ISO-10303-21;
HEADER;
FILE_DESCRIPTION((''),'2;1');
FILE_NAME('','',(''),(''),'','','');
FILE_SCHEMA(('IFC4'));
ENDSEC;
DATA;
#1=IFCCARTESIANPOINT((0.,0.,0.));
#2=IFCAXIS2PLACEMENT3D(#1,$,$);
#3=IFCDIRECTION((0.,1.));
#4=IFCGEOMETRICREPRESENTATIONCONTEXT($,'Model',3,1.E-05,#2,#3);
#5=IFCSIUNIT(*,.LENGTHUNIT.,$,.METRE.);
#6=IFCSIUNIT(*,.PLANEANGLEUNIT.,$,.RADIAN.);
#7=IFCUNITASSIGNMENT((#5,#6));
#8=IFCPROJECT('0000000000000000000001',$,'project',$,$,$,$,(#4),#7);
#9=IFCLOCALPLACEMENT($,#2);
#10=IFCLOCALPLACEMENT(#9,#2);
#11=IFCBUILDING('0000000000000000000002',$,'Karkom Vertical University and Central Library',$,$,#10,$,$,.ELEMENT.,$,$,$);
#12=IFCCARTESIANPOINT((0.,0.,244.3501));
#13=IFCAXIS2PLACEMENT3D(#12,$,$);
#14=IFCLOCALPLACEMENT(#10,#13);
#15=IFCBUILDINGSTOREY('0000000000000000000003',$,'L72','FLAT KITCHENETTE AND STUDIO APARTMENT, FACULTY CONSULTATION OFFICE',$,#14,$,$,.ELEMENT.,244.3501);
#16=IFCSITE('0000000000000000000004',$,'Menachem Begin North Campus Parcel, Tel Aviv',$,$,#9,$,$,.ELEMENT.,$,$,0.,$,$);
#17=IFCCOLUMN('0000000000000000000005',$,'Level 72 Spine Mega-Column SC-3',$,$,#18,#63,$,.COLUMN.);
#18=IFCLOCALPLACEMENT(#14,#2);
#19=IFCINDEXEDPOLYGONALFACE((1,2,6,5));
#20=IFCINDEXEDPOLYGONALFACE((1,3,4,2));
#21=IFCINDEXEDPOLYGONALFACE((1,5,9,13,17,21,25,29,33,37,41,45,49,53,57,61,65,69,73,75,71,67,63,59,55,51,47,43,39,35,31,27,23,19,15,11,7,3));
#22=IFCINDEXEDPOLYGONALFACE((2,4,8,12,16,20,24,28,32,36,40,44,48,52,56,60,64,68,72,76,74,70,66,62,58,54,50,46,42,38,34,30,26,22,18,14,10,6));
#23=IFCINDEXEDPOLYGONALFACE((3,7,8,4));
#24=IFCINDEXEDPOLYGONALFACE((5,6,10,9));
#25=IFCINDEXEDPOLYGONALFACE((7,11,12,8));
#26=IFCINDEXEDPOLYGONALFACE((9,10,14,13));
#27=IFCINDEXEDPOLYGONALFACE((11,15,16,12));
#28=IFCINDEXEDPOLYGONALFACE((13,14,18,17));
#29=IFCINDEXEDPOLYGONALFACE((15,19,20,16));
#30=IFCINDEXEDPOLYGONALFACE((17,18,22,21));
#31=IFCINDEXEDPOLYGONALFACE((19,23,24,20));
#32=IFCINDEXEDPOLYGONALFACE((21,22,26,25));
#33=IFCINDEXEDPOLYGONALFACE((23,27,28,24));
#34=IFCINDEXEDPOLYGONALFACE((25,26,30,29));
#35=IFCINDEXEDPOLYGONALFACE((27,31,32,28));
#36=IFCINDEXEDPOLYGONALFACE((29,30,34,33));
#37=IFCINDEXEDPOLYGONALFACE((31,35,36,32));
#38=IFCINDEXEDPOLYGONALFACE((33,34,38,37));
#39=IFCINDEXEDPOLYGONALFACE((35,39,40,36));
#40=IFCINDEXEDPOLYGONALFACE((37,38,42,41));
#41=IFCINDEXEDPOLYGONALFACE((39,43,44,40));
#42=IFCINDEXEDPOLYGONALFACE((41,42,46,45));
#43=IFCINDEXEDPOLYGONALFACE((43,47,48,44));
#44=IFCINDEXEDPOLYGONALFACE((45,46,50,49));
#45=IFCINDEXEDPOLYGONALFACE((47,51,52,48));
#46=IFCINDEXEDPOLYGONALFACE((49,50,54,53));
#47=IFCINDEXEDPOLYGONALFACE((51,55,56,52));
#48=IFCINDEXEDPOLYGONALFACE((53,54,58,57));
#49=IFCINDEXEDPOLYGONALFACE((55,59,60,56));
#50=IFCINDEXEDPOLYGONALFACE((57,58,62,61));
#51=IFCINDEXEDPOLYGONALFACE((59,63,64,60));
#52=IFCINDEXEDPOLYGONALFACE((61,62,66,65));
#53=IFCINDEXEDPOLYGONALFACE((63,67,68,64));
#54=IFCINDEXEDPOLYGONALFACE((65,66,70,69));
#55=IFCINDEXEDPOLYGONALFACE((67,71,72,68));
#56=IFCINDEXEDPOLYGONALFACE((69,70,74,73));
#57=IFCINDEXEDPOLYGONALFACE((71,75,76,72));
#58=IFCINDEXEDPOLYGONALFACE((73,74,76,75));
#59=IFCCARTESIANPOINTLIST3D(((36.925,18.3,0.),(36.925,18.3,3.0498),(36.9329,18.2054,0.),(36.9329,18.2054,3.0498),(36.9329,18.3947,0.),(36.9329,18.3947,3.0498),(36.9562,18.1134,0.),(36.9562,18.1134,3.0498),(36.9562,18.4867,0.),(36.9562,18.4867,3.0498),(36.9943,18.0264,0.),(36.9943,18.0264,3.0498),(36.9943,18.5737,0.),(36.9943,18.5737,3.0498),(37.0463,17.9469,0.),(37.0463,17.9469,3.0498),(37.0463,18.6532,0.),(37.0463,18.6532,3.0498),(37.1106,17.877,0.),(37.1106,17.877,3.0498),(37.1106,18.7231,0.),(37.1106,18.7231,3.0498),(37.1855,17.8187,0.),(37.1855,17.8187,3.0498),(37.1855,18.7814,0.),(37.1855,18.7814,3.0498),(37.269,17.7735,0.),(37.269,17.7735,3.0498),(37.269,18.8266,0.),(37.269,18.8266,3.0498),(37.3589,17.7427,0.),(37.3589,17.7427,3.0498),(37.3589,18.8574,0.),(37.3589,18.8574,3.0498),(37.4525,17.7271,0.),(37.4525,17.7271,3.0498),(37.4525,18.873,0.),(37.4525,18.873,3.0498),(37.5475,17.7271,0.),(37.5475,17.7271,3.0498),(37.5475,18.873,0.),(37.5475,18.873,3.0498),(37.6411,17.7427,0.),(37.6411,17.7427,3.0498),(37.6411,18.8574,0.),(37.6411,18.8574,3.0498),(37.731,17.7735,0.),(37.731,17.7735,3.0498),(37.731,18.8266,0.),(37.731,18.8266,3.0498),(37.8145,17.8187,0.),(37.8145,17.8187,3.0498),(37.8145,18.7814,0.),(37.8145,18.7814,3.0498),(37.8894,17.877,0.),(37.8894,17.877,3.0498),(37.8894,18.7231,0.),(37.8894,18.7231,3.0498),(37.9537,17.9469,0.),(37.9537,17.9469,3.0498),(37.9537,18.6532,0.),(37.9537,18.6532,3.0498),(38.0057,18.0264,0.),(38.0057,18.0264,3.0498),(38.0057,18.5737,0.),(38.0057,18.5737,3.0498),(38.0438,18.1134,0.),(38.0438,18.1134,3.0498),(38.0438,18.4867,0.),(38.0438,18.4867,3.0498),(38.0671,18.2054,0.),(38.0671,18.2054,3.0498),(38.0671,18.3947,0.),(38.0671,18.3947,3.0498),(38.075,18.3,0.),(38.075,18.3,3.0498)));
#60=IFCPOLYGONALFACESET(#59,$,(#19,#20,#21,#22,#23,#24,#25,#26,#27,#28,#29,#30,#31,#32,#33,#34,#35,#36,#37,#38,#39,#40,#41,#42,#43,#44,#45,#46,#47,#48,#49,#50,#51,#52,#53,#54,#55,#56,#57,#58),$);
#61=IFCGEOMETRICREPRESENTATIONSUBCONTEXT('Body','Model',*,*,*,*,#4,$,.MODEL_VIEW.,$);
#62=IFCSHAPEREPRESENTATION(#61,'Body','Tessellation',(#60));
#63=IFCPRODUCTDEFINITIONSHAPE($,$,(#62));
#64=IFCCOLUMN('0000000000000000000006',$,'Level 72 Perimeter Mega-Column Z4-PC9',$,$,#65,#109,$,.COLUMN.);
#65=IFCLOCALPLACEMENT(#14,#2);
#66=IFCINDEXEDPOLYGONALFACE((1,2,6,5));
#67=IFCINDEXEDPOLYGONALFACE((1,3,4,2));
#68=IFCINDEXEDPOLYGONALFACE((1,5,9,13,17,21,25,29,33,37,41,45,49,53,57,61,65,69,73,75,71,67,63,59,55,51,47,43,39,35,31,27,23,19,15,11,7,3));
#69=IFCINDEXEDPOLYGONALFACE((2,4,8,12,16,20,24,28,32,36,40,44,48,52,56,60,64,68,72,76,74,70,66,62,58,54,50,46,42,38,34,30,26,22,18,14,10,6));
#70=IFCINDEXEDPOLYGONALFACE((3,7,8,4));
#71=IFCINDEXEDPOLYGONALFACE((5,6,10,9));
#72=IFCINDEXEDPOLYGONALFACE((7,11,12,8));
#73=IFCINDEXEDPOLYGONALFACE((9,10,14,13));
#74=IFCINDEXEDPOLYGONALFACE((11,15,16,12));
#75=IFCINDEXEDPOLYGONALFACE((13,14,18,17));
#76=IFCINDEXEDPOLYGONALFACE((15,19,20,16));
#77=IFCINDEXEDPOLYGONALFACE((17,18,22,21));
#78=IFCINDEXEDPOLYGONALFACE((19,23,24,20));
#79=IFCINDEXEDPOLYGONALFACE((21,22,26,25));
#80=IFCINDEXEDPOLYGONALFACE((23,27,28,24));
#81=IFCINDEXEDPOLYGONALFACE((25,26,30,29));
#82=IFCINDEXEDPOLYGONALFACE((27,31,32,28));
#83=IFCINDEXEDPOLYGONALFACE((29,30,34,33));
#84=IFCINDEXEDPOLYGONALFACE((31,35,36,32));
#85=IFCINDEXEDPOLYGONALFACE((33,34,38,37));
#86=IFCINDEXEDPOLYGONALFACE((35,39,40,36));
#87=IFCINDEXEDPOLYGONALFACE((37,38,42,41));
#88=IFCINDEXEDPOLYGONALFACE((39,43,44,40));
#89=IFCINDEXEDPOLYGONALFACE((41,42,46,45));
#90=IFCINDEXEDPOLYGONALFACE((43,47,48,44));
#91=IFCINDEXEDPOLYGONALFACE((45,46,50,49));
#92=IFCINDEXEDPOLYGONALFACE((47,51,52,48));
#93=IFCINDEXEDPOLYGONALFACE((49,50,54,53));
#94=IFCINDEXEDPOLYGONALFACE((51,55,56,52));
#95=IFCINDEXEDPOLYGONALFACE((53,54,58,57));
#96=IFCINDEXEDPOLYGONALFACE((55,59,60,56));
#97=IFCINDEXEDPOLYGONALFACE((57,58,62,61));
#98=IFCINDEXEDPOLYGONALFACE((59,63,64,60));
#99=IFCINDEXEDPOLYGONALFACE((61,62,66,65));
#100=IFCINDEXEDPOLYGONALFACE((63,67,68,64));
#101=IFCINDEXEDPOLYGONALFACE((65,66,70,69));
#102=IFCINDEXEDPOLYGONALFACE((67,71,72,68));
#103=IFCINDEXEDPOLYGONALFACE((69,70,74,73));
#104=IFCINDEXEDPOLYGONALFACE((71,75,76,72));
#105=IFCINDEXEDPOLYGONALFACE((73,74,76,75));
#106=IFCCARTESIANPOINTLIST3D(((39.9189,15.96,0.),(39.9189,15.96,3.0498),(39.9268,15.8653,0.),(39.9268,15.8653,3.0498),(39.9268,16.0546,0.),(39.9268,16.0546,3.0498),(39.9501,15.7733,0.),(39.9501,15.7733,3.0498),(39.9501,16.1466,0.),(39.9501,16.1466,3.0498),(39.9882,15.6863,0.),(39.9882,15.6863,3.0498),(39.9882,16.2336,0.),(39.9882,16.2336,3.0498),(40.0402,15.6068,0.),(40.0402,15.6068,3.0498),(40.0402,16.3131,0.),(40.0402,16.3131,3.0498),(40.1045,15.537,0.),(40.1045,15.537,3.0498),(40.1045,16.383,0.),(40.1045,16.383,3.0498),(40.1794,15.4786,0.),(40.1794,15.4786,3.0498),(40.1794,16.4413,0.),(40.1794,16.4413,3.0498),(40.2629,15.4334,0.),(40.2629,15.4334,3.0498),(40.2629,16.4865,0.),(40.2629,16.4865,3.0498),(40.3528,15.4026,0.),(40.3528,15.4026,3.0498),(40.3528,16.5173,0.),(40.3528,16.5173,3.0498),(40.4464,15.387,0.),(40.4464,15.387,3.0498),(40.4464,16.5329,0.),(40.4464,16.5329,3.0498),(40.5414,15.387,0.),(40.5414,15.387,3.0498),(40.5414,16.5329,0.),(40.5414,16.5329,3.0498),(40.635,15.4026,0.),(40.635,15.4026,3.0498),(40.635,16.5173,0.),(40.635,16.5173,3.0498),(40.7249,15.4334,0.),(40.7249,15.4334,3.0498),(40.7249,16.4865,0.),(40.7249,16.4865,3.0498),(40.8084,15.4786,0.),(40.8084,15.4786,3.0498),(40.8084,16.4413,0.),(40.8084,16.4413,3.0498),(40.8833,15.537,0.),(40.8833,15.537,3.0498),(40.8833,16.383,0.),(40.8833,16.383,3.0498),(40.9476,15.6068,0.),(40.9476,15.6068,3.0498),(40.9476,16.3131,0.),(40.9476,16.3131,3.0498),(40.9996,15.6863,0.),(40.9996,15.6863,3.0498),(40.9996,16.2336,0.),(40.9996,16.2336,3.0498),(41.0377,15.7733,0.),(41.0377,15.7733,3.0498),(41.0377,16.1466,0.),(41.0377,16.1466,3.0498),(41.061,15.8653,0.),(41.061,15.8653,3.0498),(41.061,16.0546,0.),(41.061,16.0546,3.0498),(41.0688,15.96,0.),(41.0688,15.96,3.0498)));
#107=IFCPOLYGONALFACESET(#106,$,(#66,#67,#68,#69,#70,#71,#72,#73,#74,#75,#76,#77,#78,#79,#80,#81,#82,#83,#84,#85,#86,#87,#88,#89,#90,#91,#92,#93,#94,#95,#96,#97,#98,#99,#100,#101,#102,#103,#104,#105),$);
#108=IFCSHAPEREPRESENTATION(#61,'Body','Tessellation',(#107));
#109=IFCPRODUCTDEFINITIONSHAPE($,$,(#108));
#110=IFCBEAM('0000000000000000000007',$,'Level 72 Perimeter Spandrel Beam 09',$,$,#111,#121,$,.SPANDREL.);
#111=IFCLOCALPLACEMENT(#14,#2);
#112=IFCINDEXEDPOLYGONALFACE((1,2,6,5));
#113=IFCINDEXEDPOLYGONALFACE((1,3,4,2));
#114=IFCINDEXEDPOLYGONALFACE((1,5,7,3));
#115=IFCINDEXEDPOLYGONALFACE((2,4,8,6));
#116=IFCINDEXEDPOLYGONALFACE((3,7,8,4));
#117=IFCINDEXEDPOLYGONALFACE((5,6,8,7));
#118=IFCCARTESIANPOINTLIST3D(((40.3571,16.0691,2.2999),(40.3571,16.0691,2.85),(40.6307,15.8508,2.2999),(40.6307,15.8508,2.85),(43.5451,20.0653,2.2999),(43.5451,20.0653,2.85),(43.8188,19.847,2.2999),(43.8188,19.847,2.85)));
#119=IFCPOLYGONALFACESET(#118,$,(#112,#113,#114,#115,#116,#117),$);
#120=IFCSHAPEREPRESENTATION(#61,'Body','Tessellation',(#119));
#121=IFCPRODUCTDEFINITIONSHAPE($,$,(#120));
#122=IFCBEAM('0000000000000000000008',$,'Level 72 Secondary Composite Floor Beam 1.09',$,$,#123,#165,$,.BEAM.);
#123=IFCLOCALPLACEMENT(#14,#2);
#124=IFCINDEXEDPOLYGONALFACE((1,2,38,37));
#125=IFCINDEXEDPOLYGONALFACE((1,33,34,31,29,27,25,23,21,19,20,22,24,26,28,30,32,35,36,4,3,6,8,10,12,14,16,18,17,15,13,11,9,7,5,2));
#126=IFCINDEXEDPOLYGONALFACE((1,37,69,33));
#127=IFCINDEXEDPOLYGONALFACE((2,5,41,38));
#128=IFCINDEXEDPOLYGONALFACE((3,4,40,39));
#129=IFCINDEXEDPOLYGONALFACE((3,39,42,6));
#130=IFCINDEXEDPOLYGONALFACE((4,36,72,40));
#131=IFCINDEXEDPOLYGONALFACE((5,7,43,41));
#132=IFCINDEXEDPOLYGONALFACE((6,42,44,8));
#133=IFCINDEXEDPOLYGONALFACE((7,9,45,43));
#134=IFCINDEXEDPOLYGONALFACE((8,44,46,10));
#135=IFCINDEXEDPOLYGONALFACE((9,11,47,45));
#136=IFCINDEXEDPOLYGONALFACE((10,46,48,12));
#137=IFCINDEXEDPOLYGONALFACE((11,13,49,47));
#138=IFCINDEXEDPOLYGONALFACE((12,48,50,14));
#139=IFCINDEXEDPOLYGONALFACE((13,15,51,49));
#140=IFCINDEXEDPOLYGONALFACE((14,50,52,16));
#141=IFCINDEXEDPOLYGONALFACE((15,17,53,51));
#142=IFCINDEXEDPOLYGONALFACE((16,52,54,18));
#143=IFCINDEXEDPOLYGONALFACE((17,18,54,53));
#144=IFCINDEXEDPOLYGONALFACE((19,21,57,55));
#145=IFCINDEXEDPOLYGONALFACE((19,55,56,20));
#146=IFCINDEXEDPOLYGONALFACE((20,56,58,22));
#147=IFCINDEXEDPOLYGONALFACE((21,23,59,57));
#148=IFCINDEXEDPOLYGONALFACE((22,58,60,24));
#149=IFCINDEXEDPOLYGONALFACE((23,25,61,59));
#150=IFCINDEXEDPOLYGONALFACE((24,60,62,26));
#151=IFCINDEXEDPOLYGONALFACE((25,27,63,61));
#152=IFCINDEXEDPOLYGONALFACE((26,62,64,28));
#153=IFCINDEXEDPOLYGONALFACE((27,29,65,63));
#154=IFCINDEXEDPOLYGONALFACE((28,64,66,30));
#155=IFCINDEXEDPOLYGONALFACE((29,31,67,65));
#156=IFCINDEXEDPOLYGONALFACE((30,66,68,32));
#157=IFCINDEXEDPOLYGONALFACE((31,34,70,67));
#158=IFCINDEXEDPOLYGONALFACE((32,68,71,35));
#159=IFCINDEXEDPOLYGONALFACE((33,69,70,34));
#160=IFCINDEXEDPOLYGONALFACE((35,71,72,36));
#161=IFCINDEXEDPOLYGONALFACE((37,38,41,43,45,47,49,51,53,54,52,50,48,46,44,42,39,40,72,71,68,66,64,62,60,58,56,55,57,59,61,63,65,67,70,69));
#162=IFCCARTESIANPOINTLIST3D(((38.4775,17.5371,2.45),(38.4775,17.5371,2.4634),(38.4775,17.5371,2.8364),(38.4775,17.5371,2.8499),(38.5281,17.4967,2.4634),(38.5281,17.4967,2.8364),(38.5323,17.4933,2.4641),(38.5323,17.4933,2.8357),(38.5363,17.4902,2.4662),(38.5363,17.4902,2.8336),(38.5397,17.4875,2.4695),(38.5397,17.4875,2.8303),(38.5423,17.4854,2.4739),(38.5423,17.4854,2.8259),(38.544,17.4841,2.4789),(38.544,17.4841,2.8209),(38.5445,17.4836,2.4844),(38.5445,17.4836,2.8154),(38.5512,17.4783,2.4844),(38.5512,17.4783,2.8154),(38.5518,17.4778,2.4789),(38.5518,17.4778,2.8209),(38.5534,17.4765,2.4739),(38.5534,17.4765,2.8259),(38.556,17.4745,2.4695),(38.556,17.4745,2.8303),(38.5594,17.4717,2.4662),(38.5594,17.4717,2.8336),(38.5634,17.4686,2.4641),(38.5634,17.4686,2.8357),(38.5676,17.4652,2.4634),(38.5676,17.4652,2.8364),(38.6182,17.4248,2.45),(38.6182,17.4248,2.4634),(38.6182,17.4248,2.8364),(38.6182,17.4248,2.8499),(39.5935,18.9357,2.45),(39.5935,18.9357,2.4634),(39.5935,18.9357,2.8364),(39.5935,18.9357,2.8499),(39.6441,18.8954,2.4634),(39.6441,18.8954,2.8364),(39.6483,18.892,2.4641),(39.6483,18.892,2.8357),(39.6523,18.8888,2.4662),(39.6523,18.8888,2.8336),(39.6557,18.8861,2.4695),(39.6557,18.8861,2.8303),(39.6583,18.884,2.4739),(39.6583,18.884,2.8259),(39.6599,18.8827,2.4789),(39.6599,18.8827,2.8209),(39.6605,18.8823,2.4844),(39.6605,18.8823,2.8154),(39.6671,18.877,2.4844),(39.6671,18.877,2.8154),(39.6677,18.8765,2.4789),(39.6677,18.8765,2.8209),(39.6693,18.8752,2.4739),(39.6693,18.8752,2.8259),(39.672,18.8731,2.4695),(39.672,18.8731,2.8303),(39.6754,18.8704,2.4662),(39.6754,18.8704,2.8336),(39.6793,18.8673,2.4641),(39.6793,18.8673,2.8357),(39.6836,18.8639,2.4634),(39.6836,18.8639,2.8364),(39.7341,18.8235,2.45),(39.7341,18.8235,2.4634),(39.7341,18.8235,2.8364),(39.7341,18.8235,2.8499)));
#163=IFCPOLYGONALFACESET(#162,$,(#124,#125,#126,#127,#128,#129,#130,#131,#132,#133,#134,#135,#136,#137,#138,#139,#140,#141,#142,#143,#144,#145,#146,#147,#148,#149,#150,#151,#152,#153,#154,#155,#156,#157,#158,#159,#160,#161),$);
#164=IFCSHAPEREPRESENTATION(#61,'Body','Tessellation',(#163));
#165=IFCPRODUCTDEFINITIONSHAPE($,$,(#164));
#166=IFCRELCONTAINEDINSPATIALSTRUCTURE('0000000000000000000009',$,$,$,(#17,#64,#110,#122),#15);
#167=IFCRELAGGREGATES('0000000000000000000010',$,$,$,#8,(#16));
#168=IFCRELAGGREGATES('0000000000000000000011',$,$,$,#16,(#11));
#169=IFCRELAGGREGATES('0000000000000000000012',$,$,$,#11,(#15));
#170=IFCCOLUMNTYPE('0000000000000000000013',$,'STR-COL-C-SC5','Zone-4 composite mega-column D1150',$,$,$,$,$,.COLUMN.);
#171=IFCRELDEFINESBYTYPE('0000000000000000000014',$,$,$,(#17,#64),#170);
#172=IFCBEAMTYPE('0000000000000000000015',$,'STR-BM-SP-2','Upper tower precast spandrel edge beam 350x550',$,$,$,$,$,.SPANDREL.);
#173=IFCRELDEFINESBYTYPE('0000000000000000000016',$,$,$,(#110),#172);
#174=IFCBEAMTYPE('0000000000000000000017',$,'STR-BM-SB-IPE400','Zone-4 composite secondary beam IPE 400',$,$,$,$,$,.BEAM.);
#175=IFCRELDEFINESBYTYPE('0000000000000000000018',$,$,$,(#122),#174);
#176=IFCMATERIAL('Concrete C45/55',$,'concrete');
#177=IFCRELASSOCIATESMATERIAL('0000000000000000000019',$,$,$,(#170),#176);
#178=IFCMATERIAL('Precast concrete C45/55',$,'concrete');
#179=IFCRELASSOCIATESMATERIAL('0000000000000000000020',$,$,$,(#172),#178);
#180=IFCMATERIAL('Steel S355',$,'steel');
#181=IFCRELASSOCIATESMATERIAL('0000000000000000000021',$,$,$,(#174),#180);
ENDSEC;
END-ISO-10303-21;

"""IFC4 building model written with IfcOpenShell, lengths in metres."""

from ifc_helpers import new_model, si_unit, direction, frame, origin, origin_with_axes, origin_2d, place, context, subcontext, project, spatial, rectangle, circle, i_section, extrude, source, transform, mapped, material, material_profile, profile_set, type_object, element, save


model = new_model("IFC4")

# Units and contexts
model_context = context("Model", 3, precision=1e-05, world=origin(), true_north=direction((0.0, 1.0)))
body_context = subcontext(model_context, "Body", "Model", "MODEL_VIEW")
ifc_project = project(units=[si_unit("LENGTHUNIT", "METRE"), si_unit("PLANEANGLEUNIT", "RADIAN")], contexts=[model_context])

# Site, building, storey
site_placement = place(None, origin())
site = spatial("IfcSite", under=ifc_project, at=site_placement, Name="Menachem Begin North Campus Parcel, Tel Aviv", CompositionType="ELEMENT", RefElevation=0.0)
building_placement = place(site_placement, origin())
building = spatial("IfcBuilding", under=site, at=building_placement, Name="Karkom Vertical University and Central Library", CompositionType="ELEMENT")
storey_placement = place(building_placement, frame((0.0, 0.0, 244.3501)))
storey = spatial("IfcBuildingStorey", under=building, at=storey_placement, Name="L72", Description="FLAT KITCHENETTE AND STUDIO APARTMENT, FACULTY CONSULTATION OFFICE", CompositionType="ELEMENT", Elevation=244.3501)

# Columns
ifc_material_1 = material(Name="Concrete C45/55", Category="concrete")
ifc_material_profile_1 = material_profile(ifc_material_1, circle(Radius=0.575, at=origin_2d()), Name="CFT-D1150")
ifc_profile_set_1 = profile_set([ifc_material_profile_1], Name="Concrete C45/55")
column_type = type_object("IfcColumnType", Name="STR-COL-C-SC5", Description="Zone-4 composite mega-column D1150", PredefinedType="COLUMN", material=ifc_profile_set_1)
shared_shape_1 = source(origin_with_axes(), body_context, "Body", "SweptSolid", [
    extrude(circle(Radius=0.575, at=origin_2d()), origin(), (0.0, 0.0, 1.0), 3.0498),
])
for number, where, z_axis, x_axis, name in (
    (1, (37.5, 18.3, 0.0), (0.0, 0.0, 1.0), (1.0, 0.0, 0.0), "Level 72 Spine Mega-Column SC-3"),
    (2, (40.4939, 15.96, 0.0), (0.0, 0.0, 1.0), (1.0, 0.0, 0.0), "Level 72 Perimeter Mega-Column Z4-PC9"),
):
    element("IfcColumn", number, at=place(storey_placement, frame(where, z_axis=z_axis, x_axis=x_axis)), inside=storey, type_object=column_type, Name=name, PredefinedType="COLUMN", context=body_context, shape_type="MappedRepresentation", body=[
        mapped(shared_shape_1, transform((0.0, 0.0, 0.0), scale=1.0)),
    ])

# Beams
ifc_material_2 = material(Name="Precast concrete C45/55", Category="concrete")
ifc_material_profile_2 = material_profile(ifc_material_2, rectangle(XDim=0.3501, YDim=0.55, at=origin_2d()), Name="SPB-350x550")
ifc_profile_set_2 = profile_set([ifc_material_profile_2], Name="Precast concrete C45/55")
beam_type_1 = type_object("IfcBeamType", Name="STR-BM-SP-2", Description="Upper tower precast spandrel edge beam 350x550", PredefinedType="SPANDREL", material=ifc_profile_set_2)
shared_shape_2 = source(origin_with_axes(), body_context, "Body", "SweptSolid", [
    extrude(rectangle(XDim=0.3501, YDim=0.55, at=origin_2d()), origin(), (0.0, 0.0, 1.0), 5.1121),
])
beam_1_placement = place(storey_placement, frame((40.4939, 15.96, 2.575), z_axis=(0.623634, 0.781716, 0.0), x_axis=(-0.781716, 0.623634, 0.0)))
element("IfcBeam", 3, at=beam_1_placement, inside=storey, type_object=beam_type_1, Name="Level 72 Perimeter Spandrel Beam 09", PredefinedType="SPANDREL", context=body_context, shape_type="MappedRepresentation", body=[
    mapped(shared_shape_2, transform((0.0, 0.0, 0.0), scale=1.0)),
])
ifc_material_3 = material(Name="Steel S355", Category="steel")
ifc_material_profile_3 = material_profile(ifc_material_3, i_section(OverallWidth=0.1799, OverallDepth=0.3999, WebThickness=0.0085, FlangeThickness=0.0134, FilletRadius=0.021, at=origin_2d()), Name="IPE 400")
ifc_profile_set_3 = profile_set([ifc_material_profile_3], Name="Steel S355")
beam_type_2 = type_object("IfcBeamType", Name="STR-BM-SB-IPE400", Description="Zone-4 composite secondary beam IPE 400", PredefinedType="BEAM", material=ifc_profile_set_3)
shared_shape_3 = source(origin_with_axes(), body_context, "Body", "SweptSolid", [
    extrude(i_section(OverallWidth=0.1799, OverallDepth=0.3999, WebThickness=0.0085, FlangeThickness=0.0134, FilletRadius=0.021, at=origin_2d()), origin(), (0.0, 0.0, 1.0), 1.7893),
])
beam_2_placement = place(storey_placement, frame((38.5479, 17.481, 2.6499), z_axis=(0.62368, 0.78168, 0.0), x_axis=(-0.78168, 0.62368, 0.0)))
element("IfcBeam", 4, at=beam_2_placement, inside=storey, type_object=beam_type_2, Name="Level 72 Secondary Composite Floor Beam 1.09", PredefinedType="BEAM", context=body_context, shape_type="MappedRepresentation", body=[
    mapped(shared_shape_3, transform((0.0, 0.0, 0.0), scale=1.0)),
])

save(model, "model.ifc")
